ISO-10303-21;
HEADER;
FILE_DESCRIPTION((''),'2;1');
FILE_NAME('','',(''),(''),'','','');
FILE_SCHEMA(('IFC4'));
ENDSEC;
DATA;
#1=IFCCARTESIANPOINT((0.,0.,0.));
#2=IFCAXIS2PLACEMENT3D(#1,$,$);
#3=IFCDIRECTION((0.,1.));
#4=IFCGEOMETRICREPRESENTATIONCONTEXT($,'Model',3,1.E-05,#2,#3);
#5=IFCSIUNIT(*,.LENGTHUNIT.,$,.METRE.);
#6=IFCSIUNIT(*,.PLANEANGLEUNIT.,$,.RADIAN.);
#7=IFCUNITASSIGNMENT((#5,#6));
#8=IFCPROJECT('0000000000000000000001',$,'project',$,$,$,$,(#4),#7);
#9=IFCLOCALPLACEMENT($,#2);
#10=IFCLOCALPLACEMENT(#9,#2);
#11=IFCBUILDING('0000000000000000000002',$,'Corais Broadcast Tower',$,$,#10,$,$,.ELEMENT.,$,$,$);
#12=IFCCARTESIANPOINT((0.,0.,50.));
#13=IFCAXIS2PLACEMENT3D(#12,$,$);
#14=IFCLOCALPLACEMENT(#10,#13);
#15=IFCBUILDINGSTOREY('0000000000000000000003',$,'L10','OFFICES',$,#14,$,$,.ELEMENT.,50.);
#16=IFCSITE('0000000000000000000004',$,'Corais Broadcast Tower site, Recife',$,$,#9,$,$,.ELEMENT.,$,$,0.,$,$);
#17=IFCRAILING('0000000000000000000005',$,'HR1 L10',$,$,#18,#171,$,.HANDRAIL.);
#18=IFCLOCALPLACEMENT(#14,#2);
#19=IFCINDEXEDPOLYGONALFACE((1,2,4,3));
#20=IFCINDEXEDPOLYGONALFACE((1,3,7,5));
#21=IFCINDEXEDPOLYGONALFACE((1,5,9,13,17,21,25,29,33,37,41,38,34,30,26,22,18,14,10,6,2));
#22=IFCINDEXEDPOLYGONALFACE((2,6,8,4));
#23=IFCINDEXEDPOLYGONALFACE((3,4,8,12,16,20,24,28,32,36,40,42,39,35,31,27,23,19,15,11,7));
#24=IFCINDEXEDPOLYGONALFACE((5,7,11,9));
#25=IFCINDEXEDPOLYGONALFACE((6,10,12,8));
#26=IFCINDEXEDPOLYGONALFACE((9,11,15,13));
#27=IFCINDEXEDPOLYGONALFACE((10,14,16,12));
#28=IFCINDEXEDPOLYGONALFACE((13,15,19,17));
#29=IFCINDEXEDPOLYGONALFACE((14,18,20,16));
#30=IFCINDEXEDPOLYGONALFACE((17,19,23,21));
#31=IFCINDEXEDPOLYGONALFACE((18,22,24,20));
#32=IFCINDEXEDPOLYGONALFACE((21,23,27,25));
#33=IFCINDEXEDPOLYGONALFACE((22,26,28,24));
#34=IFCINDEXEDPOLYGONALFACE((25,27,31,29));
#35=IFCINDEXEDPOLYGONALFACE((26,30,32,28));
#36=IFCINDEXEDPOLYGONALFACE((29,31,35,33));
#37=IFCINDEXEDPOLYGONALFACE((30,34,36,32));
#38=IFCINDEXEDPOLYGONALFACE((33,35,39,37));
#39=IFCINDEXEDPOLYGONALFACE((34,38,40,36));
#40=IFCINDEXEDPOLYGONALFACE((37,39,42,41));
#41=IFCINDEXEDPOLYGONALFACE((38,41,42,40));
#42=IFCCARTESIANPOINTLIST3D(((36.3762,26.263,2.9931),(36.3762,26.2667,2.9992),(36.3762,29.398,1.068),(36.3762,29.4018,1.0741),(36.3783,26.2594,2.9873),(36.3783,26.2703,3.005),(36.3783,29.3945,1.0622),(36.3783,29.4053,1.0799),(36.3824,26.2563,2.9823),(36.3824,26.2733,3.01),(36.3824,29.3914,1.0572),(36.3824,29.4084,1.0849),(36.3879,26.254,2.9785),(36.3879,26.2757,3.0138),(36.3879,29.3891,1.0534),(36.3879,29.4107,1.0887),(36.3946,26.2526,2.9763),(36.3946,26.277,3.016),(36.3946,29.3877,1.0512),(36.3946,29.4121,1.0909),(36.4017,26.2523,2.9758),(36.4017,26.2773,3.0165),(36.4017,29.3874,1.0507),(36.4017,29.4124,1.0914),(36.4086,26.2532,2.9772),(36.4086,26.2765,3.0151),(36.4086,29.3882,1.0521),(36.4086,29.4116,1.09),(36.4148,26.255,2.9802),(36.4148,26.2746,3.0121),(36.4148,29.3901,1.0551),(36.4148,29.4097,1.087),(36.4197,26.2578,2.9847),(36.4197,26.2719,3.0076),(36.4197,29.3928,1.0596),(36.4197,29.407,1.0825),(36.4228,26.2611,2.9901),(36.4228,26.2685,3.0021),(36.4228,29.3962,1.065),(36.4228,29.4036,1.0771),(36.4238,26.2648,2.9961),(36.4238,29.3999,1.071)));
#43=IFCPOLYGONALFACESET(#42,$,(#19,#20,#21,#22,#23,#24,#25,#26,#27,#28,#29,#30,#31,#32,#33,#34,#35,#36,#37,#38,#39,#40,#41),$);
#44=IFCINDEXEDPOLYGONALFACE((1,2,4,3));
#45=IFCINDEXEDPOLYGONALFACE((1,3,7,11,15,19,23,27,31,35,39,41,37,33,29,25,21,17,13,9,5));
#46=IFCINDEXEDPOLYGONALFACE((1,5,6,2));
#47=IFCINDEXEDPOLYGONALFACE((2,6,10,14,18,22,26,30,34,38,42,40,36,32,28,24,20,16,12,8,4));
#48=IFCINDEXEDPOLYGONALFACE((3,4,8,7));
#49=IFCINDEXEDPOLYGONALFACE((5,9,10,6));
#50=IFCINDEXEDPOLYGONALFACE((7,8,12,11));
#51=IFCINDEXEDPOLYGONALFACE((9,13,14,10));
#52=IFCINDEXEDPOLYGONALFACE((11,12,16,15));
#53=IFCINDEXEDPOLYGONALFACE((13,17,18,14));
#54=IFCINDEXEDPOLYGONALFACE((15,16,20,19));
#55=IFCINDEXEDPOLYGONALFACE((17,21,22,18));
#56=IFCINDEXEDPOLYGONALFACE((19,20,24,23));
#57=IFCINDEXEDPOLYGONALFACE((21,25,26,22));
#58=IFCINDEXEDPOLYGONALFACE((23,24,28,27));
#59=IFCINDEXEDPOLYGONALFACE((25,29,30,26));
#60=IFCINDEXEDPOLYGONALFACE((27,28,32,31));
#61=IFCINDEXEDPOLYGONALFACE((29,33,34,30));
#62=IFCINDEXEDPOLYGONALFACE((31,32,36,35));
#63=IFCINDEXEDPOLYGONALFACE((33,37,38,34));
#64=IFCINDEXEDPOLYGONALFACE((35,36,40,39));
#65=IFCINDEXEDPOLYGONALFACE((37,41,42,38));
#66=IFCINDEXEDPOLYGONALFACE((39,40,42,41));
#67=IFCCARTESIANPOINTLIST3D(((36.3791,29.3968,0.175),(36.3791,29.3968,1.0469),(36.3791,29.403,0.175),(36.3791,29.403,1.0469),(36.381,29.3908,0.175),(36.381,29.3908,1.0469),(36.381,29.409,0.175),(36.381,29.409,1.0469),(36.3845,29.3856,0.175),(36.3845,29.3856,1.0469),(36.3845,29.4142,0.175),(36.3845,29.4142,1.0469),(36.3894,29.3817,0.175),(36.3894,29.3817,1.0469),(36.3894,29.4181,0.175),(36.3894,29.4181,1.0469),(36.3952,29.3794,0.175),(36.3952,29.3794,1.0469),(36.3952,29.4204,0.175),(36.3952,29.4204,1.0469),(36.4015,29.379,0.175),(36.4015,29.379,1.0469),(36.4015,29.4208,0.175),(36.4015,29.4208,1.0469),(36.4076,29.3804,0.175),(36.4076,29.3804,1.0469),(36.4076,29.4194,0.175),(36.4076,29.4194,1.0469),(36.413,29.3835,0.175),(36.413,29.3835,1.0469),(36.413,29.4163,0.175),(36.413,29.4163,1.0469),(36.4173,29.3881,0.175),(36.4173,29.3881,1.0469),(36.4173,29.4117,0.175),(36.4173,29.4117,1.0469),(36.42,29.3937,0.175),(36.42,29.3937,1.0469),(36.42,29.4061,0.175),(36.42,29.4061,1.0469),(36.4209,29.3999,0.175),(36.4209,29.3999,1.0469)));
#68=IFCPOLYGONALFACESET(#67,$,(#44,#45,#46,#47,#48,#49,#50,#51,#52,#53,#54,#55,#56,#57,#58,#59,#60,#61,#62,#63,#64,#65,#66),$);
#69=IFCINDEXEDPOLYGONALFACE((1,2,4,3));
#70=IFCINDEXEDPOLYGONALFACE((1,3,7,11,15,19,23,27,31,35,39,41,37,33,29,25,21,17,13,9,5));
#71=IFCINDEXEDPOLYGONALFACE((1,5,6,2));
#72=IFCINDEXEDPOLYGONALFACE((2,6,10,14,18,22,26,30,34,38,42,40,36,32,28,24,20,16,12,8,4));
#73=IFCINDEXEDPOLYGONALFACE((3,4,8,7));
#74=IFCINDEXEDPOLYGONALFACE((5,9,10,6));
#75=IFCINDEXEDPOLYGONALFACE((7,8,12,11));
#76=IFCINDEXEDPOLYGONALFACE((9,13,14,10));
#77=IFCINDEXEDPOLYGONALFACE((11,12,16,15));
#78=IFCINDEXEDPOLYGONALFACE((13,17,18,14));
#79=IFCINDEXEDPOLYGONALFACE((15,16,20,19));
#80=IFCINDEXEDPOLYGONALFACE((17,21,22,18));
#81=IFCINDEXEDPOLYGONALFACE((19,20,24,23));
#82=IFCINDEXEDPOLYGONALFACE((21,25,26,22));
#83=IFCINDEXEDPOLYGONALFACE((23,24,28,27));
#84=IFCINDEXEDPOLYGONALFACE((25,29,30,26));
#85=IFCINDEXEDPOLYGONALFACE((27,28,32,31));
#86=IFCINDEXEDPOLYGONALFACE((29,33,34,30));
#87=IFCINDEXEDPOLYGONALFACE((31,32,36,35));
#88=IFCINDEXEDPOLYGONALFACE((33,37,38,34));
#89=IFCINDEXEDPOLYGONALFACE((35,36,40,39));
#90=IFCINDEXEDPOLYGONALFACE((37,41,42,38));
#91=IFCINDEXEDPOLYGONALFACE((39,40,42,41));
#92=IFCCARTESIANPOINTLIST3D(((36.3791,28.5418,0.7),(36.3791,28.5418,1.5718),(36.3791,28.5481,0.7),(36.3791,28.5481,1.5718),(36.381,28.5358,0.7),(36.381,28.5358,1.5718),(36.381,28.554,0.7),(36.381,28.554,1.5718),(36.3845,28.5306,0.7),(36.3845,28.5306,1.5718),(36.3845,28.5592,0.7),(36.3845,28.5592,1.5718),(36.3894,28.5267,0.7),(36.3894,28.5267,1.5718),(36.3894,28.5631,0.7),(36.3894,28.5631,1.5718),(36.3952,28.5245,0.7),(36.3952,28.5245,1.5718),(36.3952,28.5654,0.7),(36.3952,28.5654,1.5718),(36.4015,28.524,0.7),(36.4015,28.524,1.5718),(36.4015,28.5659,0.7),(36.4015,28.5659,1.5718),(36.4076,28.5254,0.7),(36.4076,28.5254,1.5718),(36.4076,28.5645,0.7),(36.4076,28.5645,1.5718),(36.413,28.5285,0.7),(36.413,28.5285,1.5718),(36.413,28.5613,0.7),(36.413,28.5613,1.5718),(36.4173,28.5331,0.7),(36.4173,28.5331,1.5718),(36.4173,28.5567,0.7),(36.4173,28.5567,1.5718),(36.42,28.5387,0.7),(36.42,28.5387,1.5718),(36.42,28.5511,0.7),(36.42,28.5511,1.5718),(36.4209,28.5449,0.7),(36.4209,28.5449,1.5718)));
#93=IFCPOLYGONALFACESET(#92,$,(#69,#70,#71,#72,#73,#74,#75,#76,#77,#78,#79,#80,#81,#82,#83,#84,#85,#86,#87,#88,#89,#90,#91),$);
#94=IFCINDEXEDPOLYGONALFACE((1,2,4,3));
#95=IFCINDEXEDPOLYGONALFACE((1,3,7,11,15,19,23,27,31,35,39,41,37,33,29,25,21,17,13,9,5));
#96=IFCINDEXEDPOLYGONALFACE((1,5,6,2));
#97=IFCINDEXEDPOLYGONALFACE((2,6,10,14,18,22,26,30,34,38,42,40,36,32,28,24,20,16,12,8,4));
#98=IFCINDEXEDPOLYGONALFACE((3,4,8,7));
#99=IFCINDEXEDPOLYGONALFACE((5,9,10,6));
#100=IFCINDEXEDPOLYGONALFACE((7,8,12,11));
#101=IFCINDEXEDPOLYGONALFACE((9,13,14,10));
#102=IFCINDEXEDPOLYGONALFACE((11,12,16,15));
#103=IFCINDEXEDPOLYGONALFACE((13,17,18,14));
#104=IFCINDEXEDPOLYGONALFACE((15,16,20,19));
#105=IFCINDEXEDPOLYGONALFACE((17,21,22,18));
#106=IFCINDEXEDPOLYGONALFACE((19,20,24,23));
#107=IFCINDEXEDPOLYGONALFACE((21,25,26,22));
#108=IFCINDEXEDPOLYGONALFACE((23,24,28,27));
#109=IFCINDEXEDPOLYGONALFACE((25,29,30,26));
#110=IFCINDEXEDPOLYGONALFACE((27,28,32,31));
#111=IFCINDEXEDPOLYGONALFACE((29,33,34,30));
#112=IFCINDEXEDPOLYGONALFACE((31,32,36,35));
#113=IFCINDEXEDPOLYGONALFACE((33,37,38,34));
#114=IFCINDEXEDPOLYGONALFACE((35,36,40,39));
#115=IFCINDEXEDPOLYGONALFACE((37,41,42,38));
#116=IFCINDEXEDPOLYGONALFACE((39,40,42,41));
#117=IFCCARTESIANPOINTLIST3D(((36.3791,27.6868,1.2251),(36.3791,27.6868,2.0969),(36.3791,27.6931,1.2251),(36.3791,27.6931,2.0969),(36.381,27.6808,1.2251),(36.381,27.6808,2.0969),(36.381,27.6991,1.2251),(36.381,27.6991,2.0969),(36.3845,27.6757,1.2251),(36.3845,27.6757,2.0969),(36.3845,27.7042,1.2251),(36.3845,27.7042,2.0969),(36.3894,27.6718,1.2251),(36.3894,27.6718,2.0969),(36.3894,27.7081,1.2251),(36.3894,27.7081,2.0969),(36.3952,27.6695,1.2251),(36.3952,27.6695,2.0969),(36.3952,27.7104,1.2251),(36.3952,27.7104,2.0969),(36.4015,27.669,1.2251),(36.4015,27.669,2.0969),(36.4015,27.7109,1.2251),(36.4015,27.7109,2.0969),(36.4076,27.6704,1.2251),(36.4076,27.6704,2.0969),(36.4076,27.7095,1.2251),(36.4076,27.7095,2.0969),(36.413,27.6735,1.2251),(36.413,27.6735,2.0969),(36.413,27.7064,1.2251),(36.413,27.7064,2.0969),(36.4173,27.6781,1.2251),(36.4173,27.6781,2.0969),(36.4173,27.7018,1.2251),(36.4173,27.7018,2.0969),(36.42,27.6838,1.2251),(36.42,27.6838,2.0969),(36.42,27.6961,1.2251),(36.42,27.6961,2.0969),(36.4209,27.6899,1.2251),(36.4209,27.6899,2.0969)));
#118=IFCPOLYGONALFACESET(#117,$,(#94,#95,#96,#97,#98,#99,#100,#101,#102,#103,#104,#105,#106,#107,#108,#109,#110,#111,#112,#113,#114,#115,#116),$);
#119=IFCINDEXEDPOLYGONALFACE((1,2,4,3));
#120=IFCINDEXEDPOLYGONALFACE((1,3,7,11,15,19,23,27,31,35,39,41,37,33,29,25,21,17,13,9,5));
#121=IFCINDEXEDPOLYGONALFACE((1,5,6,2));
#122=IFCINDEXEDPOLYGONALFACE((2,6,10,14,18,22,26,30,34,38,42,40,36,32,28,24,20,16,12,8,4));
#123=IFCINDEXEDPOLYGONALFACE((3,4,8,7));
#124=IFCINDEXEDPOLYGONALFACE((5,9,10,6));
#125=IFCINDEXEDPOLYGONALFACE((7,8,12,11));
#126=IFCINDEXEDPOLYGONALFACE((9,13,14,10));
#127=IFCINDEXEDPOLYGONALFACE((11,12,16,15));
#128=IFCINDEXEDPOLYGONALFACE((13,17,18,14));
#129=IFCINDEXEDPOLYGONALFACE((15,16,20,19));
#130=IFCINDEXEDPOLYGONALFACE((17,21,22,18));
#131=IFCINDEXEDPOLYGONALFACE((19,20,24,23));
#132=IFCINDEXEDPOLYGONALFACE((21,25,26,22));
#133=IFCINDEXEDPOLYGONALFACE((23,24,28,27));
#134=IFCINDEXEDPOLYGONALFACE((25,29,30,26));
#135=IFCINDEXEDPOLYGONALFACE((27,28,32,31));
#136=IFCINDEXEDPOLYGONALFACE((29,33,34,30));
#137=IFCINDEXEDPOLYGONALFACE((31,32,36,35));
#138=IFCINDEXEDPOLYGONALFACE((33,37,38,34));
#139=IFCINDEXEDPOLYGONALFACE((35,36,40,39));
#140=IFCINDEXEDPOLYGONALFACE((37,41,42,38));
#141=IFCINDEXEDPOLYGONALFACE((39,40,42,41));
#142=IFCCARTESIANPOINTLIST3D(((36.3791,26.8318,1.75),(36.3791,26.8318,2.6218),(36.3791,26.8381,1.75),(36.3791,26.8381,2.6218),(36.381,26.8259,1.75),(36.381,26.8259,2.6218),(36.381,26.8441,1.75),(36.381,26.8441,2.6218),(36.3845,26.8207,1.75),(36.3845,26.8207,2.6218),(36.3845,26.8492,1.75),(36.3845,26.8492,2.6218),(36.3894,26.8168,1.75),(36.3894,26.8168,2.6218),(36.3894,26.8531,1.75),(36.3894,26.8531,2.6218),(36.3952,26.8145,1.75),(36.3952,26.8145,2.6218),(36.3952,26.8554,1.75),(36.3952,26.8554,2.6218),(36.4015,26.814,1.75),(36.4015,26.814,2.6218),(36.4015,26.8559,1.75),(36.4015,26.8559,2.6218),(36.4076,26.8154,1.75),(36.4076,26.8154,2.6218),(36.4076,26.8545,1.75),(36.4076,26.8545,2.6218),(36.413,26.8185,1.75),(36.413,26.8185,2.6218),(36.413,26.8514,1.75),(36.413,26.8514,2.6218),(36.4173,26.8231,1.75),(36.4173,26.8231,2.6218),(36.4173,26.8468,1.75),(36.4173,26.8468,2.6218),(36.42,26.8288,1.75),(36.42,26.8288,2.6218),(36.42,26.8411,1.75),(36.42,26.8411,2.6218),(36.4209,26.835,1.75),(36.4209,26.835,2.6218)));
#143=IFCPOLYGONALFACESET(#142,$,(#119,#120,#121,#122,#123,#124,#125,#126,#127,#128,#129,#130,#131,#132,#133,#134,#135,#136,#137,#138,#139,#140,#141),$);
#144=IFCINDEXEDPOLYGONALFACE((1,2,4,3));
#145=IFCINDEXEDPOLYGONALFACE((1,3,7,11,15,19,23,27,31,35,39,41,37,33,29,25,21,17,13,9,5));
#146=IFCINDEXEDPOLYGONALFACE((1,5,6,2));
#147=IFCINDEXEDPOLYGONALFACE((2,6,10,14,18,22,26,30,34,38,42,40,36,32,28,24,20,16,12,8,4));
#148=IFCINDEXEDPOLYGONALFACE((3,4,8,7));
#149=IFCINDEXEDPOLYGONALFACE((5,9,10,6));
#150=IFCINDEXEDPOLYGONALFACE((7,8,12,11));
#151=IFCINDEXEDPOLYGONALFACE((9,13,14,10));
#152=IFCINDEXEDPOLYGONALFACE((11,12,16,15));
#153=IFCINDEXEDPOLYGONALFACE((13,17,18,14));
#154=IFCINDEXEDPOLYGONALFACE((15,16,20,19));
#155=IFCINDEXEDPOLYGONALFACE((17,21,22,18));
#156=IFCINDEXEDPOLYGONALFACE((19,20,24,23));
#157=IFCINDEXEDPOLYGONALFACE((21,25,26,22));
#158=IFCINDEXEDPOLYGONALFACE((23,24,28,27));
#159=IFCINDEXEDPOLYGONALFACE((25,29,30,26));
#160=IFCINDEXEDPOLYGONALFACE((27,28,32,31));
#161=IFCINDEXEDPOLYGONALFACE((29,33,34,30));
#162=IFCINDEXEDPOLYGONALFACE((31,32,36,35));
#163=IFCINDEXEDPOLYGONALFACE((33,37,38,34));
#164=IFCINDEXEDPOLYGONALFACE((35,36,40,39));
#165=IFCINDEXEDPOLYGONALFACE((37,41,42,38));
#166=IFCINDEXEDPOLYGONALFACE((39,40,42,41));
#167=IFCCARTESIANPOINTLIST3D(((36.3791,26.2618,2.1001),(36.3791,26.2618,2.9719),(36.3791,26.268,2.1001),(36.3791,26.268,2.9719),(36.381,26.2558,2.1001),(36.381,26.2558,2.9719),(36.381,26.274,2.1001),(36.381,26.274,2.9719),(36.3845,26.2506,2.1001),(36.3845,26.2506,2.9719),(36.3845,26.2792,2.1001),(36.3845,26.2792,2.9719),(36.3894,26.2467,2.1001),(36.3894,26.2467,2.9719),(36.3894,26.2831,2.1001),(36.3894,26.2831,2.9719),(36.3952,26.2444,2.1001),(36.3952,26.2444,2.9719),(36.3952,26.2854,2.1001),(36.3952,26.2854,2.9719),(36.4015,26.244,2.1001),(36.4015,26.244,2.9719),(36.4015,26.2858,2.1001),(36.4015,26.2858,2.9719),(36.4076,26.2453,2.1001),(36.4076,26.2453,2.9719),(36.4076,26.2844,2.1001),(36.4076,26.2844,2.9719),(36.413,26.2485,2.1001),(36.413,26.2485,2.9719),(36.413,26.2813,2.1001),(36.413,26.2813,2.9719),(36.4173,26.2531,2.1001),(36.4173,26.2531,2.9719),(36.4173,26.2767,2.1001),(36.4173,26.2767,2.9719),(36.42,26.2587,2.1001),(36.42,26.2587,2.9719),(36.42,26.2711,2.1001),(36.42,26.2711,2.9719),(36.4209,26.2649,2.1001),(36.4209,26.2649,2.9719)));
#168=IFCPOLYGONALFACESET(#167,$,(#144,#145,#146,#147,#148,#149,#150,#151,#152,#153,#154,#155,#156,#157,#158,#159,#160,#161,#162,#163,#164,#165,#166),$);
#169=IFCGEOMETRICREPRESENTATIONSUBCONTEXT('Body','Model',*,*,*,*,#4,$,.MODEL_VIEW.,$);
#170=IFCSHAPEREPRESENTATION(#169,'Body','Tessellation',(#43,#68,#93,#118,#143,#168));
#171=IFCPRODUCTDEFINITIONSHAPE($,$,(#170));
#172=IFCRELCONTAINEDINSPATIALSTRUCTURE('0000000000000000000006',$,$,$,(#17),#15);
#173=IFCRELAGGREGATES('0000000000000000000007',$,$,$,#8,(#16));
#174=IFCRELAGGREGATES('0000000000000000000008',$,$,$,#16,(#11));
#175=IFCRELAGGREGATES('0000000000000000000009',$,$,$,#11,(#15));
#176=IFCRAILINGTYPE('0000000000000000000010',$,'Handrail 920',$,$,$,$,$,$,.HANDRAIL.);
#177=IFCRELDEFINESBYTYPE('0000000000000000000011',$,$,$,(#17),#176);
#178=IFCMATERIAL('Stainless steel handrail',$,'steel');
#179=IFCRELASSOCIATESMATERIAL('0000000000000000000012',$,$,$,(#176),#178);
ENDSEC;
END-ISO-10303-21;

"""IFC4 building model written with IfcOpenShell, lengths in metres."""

from ifc_helpers import new_model, si_unit, direction, frame, origin, origin_2d, place, context, subcontext, project, spatial, circle, extrude, material, type_object, element, save


model = new_model("IFC4")

# Units and contexts
model_context = context("Model", 3, precision=1e-05, world=origin(), true_north=direction((0.0, 1.0)))
body_context = subcontext(model_context, "Body", "Model", "MODEL_VIEW")
ifc_project = project(units=[si_unit("LENGTHUNIT", "METRE"), si_unit("PLANEANGLEUNIT", "RADIAN")], contexts=[model_context])

# Site, building, storey
site_placement = place(None, origin())
site = spatial("IfcSite", under=ifc_project, at=site_placement, Name="Corais Broadcast Tower site, Recife", CompositionType="ELEMENT", RefElevation=0.0)
building_placement = place(site_placement, origin())
building = spatial("IfcBuilding", under=site, at=building_placement, Name="Corais Broadcast Tower", CompositionType="ELEMENT")
storey_placement = place(building_placement, frame((0.0, 0.0, 50.0)))
storey = spatial("IfcBuildingStorey", under=building, at=storey_placement, Name="L10", Description="OFFICES", CompositionType="ELEMENT", Elevation=50.0)

# Railing
ifc_material_1 = material(Name="Stainless steel handrail", Category="steel")
railing_type = type_object("IfcRailingType", Name="Handrail 920", PredefinedType="HANDRAIL", material=ifc_material_1)
for number, where, name in (
    (1, (36.3999, 29.3999, 0.175), "HR1 L10"),
):
    element("IfcRailing", number, at=place(storey_placement, frame(where)), inside=storey, type_object=railing_type, Name=name, PredefinedType="HANDRAIL", context=body_context, shape_type="SweptSolid", body=[
        extrude(circle(Radius=0.0239, at=origin_2d()), frame((0.0, 0.0, 0.896), z_axis=(0.0, -0.852166, 0.523271), x_axis=(1.0, 0.0, 0.0)), (0.0, 0.0, 1.0), 3.679),
        extrude(circle(Radius=0.021, at=origin_2d()), origin(), (0.0, 0.0, 1.0), 0.8718),
        extrude(circle(Radius=0.021, at=origin_2d()), frame((0.0, -0.855, 0.5249)), (0.0, 0.0, 1.0), 0.8718),
        extrude(circle(Radius=0.021, at=origin_2d()), frame((0.0, -1.71, 1.05)), (0.0, 0.0, 1.0), 0.8718),
        extrude(circle(Radius=0.021, at=origin_2d()), frame((0.0, -2.5649, 1.575)), (0.0, 0.0, 1.0), 0.8718),
        extrude(circle(Radius=0.021, at=origin_2d()), frame((0.0, -3.135, 1.925)), (0.0, 0.0, 1.0), 0.8718),
    ])

save(model, "model.ifc")
